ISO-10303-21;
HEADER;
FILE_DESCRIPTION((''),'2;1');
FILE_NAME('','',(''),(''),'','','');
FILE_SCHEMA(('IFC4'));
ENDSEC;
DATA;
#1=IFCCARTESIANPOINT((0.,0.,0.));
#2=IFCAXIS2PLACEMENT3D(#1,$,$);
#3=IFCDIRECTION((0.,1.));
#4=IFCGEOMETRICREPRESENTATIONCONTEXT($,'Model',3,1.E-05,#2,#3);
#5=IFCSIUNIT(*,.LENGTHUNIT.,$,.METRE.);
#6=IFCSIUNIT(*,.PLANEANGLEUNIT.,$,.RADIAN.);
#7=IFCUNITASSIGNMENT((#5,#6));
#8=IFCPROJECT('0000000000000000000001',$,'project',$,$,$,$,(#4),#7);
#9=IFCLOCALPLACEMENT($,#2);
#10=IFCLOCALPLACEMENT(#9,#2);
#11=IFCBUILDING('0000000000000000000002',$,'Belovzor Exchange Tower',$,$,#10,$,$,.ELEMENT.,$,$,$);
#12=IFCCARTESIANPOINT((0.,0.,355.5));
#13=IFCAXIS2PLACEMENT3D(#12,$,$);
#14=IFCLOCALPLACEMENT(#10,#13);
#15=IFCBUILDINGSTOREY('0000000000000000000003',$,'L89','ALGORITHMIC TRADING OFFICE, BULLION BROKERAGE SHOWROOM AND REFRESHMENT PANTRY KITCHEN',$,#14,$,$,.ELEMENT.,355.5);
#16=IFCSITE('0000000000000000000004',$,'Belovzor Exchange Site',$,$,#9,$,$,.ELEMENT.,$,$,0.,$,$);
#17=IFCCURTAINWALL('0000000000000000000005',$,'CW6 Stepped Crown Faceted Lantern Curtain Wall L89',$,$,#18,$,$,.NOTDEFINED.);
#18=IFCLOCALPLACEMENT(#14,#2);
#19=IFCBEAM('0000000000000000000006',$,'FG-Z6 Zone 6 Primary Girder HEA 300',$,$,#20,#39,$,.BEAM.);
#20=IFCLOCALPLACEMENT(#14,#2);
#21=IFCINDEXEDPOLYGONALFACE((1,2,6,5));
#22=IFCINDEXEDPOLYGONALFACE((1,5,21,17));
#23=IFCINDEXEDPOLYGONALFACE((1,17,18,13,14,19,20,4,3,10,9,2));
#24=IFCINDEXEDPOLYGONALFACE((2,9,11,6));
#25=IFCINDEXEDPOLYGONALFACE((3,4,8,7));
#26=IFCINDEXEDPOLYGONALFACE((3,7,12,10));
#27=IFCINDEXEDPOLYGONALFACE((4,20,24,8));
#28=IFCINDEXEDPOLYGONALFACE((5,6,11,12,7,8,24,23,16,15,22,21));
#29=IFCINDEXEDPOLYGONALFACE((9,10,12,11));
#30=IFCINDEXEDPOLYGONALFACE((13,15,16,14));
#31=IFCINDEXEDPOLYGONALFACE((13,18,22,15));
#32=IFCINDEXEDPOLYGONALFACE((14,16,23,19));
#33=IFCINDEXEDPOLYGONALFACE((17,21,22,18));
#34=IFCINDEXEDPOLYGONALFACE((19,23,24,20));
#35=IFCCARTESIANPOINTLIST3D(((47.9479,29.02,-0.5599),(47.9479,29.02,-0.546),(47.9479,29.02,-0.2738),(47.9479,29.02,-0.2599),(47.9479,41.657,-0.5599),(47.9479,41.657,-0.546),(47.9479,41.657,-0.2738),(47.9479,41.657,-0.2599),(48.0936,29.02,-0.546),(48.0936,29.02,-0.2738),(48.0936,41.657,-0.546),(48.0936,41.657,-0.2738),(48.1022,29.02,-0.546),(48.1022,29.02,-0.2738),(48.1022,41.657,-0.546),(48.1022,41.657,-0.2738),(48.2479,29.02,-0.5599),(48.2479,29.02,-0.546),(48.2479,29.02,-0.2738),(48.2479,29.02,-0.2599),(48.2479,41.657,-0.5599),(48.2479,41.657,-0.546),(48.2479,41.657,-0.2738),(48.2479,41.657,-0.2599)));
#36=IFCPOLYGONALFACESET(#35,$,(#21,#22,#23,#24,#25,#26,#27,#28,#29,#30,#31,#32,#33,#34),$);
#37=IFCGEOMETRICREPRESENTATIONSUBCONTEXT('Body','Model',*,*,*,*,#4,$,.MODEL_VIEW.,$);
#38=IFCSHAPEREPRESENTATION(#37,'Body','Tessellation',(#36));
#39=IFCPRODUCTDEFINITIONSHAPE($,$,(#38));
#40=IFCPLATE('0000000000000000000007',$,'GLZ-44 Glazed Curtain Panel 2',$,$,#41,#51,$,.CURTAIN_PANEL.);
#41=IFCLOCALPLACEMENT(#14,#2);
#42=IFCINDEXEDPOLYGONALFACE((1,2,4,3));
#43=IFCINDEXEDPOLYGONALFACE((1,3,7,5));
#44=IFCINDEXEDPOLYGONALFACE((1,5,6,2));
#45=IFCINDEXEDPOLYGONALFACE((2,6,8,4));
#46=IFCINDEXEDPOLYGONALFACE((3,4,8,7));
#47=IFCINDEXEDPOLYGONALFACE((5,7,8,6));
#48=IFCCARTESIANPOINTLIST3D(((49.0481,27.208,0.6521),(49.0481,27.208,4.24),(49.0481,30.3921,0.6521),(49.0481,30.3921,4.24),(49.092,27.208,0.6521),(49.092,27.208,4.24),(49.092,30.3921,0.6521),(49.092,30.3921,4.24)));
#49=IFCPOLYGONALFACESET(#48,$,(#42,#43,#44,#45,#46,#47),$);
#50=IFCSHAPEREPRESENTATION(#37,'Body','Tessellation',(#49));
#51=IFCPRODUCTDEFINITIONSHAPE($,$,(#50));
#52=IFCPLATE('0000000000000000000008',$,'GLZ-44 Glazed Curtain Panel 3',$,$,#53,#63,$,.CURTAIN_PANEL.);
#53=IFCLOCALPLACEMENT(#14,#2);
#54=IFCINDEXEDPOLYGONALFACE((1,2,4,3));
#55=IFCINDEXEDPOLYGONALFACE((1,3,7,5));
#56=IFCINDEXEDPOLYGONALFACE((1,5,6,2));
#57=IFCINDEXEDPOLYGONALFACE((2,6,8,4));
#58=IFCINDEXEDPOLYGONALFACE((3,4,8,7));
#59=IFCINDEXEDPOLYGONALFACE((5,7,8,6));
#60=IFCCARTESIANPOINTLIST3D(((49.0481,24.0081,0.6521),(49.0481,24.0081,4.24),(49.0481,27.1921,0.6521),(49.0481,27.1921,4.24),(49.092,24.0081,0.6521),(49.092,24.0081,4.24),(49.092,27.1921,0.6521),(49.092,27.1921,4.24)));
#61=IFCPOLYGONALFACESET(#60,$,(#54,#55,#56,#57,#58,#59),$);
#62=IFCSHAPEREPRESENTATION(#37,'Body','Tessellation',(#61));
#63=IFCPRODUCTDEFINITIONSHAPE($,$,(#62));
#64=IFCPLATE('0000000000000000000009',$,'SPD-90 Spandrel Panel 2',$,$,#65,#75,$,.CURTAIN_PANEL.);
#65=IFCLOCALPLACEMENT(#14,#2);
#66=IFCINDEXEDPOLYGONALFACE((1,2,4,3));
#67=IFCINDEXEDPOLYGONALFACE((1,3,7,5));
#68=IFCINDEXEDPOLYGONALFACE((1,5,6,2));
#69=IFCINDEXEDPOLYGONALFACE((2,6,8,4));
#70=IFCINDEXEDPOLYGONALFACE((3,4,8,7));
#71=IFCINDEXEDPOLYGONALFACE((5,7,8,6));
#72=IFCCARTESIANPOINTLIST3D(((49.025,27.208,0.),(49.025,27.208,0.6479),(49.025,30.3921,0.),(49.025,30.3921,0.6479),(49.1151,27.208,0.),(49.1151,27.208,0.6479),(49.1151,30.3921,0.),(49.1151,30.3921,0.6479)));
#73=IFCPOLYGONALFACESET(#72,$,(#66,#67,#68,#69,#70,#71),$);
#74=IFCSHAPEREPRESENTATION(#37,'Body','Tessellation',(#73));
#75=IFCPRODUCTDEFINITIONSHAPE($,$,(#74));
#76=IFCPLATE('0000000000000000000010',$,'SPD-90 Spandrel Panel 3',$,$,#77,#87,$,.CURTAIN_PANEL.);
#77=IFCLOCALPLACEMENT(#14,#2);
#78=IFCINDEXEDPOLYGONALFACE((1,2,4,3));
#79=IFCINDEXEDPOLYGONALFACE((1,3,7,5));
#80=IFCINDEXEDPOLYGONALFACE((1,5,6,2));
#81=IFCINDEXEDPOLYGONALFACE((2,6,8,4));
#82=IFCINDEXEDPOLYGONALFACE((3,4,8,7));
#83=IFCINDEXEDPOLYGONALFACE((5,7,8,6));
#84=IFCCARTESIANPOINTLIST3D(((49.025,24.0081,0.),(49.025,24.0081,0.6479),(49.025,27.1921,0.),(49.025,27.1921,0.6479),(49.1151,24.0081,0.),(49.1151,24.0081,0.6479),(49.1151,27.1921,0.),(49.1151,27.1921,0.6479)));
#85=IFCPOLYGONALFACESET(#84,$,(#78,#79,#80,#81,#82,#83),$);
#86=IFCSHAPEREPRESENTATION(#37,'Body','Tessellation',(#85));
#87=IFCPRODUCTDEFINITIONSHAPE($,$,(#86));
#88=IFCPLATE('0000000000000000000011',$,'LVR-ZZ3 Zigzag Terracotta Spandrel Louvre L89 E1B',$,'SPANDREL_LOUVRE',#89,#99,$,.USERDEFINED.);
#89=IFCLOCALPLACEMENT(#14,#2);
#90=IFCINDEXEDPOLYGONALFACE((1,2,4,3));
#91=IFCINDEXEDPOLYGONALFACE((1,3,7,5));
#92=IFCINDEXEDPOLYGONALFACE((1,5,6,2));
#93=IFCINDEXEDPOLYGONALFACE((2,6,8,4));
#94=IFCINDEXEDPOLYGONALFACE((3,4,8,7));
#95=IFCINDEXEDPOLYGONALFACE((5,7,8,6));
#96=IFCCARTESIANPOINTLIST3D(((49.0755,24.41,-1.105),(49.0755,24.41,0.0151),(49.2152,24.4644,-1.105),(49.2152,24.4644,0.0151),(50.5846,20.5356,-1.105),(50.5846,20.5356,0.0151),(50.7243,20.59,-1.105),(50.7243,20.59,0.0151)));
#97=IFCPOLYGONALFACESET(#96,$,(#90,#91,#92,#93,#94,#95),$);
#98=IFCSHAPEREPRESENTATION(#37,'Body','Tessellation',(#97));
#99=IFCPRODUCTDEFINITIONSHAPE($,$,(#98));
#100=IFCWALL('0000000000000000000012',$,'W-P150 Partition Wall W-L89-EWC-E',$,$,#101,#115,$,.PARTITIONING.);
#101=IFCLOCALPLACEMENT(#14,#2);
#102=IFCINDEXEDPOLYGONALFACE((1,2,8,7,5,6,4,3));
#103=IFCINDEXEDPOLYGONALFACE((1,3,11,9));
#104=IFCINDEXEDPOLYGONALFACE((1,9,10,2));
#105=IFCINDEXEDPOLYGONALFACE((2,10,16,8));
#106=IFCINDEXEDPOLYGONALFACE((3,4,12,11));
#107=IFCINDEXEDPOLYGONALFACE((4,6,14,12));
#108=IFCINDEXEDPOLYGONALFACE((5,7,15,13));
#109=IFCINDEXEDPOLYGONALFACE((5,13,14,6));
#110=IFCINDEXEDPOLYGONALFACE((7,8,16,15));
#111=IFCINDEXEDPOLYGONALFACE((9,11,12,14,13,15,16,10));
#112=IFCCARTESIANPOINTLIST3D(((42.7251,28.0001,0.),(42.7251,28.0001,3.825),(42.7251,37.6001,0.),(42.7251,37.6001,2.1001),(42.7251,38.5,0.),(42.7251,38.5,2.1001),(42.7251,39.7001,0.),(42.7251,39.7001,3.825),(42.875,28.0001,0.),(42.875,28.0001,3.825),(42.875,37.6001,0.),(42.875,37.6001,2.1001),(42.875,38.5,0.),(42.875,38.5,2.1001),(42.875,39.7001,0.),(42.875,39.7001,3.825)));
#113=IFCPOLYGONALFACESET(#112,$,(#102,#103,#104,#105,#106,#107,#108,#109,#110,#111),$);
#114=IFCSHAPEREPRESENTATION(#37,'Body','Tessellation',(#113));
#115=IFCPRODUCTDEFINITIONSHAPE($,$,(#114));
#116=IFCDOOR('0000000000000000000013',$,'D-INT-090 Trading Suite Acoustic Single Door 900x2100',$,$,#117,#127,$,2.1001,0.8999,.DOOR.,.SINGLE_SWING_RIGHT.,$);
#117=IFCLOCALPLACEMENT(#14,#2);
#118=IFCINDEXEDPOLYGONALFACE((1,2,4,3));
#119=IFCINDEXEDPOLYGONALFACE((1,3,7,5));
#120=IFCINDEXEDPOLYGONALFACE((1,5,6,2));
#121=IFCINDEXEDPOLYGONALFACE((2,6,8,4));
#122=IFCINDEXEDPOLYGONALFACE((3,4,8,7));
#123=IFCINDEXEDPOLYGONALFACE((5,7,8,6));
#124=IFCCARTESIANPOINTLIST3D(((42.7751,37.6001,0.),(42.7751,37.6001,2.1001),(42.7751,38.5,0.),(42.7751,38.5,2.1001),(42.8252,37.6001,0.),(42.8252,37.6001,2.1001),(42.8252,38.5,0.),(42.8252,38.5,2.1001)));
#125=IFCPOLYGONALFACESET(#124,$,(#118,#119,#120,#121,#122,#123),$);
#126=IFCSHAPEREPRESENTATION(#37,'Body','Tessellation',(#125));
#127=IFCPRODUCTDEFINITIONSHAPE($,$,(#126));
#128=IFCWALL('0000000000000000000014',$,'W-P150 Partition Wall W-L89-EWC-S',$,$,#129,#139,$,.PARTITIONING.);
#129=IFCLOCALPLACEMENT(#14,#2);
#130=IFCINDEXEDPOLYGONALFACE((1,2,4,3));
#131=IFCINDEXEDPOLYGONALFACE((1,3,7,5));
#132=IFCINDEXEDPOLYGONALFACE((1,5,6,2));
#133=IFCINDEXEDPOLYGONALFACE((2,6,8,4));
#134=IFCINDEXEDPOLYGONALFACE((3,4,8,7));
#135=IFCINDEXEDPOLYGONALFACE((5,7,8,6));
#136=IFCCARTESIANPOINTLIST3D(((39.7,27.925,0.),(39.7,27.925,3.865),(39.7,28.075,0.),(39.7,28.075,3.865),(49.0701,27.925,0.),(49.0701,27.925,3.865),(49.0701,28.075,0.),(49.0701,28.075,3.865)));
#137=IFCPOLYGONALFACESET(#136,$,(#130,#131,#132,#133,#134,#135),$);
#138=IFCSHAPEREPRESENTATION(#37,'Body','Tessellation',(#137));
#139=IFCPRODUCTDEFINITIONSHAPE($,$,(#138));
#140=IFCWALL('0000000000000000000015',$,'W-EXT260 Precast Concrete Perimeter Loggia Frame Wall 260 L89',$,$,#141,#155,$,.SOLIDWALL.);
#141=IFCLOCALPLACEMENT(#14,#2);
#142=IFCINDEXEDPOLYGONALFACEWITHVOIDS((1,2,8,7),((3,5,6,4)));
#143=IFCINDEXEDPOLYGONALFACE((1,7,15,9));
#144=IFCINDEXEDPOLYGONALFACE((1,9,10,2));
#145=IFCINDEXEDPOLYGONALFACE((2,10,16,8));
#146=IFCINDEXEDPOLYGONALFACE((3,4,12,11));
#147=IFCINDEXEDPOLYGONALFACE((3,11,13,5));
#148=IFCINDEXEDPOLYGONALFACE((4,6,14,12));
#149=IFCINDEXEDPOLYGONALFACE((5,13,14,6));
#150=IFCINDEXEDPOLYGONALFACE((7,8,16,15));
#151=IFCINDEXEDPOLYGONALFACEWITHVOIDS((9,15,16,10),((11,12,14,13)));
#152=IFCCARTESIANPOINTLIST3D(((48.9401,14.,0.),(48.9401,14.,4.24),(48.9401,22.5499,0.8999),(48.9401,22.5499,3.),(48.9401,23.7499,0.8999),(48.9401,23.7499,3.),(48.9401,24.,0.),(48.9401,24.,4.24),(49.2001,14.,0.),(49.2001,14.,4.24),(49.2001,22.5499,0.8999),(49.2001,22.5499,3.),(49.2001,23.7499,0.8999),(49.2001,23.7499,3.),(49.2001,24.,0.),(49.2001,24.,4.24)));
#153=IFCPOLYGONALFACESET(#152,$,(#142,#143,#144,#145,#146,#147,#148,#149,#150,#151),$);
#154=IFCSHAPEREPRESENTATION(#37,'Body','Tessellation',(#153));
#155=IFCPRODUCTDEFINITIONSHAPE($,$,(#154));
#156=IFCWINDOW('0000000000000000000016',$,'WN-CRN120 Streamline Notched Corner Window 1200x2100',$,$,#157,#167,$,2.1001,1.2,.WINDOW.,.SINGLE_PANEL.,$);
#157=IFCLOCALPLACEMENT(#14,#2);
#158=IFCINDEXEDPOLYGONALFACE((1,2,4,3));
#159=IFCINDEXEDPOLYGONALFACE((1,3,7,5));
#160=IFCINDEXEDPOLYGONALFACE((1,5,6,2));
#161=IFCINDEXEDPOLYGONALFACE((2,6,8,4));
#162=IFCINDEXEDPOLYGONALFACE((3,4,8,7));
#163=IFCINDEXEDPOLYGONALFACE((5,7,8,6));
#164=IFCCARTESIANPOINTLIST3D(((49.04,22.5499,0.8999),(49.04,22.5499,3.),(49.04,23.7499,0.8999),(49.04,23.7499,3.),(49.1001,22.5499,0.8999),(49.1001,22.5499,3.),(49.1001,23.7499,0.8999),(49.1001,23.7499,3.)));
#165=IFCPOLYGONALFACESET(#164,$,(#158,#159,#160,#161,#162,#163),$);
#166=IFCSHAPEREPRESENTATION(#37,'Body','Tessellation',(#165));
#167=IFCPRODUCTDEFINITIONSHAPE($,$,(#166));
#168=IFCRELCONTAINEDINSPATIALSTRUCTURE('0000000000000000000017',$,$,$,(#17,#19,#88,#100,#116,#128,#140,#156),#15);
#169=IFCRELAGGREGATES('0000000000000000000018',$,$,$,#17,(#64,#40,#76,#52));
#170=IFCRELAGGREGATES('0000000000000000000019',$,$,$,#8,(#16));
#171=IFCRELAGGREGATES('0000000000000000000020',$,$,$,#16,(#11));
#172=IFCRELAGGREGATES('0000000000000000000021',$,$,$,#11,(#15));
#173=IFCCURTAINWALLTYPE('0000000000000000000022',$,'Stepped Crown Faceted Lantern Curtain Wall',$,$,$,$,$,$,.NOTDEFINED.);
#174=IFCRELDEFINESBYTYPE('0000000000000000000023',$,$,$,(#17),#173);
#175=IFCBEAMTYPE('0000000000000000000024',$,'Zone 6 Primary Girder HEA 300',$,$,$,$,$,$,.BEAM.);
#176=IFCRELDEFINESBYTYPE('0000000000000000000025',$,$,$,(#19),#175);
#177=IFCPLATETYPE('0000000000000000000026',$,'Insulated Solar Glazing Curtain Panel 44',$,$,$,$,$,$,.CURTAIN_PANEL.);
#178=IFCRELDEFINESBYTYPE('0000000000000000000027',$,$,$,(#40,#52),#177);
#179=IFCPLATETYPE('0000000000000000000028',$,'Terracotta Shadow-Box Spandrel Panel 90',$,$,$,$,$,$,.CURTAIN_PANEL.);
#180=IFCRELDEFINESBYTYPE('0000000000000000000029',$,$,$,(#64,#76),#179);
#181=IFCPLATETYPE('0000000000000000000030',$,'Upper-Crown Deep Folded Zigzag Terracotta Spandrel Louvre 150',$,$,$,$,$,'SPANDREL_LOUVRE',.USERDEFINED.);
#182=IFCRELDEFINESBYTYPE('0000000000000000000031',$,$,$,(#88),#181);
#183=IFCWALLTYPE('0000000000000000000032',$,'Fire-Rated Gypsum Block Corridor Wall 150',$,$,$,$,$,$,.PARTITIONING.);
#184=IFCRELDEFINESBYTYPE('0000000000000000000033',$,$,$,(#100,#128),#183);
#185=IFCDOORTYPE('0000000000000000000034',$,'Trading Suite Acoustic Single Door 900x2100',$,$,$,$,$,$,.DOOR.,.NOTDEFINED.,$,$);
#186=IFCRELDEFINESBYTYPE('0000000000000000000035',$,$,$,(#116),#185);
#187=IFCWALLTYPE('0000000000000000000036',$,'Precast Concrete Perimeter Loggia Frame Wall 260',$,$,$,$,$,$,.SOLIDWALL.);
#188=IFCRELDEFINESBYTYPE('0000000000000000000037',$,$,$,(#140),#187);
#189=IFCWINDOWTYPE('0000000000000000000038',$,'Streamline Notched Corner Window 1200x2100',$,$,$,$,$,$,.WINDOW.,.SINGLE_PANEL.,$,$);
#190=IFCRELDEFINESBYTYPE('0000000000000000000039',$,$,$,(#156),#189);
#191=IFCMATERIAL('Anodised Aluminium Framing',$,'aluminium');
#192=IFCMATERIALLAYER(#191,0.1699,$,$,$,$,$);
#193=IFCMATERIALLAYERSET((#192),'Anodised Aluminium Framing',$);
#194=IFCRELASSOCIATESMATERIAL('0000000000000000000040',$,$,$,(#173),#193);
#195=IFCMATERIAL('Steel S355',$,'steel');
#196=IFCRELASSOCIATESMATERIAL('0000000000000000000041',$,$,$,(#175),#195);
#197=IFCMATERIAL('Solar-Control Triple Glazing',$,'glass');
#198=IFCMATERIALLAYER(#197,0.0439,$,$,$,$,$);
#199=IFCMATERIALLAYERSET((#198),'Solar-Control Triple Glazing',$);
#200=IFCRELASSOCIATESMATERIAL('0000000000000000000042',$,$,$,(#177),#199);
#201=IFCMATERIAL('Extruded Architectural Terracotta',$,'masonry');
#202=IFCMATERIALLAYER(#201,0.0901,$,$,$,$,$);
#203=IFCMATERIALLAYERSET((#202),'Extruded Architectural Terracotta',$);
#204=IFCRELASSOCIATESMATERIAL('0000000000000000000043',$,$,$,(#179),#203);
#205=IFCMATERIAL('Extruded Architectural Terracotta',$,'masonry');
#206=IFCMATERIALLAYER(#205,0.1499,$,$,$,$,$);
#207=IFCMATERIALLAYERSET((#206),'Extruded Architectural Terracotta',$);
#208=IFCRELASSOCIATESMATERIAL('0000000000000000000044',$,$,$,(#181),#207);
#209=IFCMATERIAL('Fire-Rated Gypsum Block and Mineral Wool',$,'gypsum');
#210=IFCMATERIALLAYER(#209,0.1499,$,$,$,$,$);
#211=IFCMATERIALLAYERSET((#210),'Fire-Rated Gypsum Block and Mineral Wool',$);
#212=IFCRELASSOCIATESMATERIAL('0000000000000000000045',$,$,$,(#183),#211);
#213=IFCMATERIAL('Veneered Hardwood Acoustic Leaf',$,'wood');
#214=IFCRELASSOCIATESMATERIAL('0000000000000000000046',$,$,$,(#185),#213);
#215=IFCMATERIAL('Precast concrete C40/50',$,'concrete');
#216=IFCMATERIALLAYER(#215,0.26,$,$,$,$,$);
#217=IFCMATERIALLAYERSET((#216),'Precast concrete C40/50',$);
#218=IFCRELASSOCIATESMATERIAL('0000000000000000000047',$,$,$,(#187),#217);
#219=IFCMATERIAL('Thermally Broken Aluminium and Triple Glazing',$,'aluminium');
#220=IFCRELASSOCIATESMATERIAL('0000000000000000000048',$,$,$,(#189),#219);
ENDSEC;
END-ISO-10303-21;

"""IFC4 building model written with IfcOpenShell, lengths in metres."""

from ifc_helpers import new_model, si_unit, direction, frame, frame_2d, origin, origin_2d, place, context, subcontext, project, spatial, rectangle, i_section, extrude, material, layer, layer_set, material_profile, profile_set, type_object, element, fill, aggregate, save


model = new_model("IFC4")

# Units and contexts
model_context = context("Model", 3, precision=1e-05, world=origin(), true_north=direction((0.0, 1.0)))
body_context = subcontext(model_context, "Body", "Model", "MODEL_VIEW")
ifc_project = project(units=[si_unit("LENGTHUNIT", "METRE"), si_unit("PLANEANGLEUNIT", "RADIAN")], contexts=[model_context])

# Site, building, storey
site_placement = place(None, origin())
site = spatial("IfcSite", under=ifc_project, at=site_placement, Name="Belovzor Exchange Site", CompositionType="ELEMENT", RefElevation=0.0)
building_placement = place(site_placement, origin())
building = spatial("IfcBuilding", under=site, at=building_placement, Name="Belovzor Exchange Tower", CompositionType="ELEMENT")
storey_placement = place(building_placement, frame((0.0, 0.0, 355.5)))
storey = spatial("IfcBuildingStorey", under=building, at=storey_placement, Name="L89", Description="ALGORITHMIC TRADING OFFICE, BULLION BROKERAGE SHOWROOM AND REFRESHMENT PANTRY KITCHEN", CompositionType="ELEMENT", Elevation=355.5)

# Curtain wall
ifc_material_1 = material(Name="Anodised Aluminium Framing", Category="aluminium")
ifc_layer_1 = layer(ifc_material_1, 0.1699)
ifc_layer_set_1 = layer_set([ifc_layer_1], Name="Anodised Aluminium Framing")
curtain_wall_type = type_object("IfcCurtainWallType", Name="Stepped Crown Faceted Lantern Curtain Wall", PredefinedType="NOTDEFINED", material=ifc_layer_set_1)
curtain_wall_placement = place(storey_placement, origin())
curtain_wall = element("IfcCurtainWall", 1, at=curtain_wall_placement, inside=storey, type_object=curtain_wall_type, Name="CW6 Stepped Crown Faceted Lantern Curtain Wall L89", PredefinedType="NOTDEFINED")

# Beam
ifc_material_2 = material(Name="Steel S355", Category="steel")
ifc_material_profile_1 = material_profile(ifc_material_2, i_section(OverallWidth=0.3, OverallDepth=0.3, WebThickness=0.0085, FlangeThickness=0.0139, at=origin_2d()))
ifc_profile_set_1 = profile_set([ifc_material_profile_1], Name="Steel S355")
beam_type_1 = type_object("IfcBeamType", Name="Zone 6 Primary Girder HEA 300", PredefinedType="BEAM", material=ifc_profile_set_1)
beam_1_placement = place(storey_placement, frame((48.0979, 29.02, -0.4099), z_axis=(0.0, 1.0, 0.0), x_axis=(-1.0, 0.0, 0.0)))
element("IfcBeam", 2, at=beam_1_placement, inside=storey, type_object=beam_type_1, Name="FG-Z6 Zone 6 Primary Girder HEA 300", PredefinedType="BEAM", context=body_context, shape_type="SweptSolid", body=[
    extrude(i_section(OverallWidth=0.3, OverallDepth=0.3, WebThickness=0.0085, FlangeThickness=0.0139, at=origin_2d()), origin(), (0.0, 0.0, 1.0), 12.637),
])

# Plates
ifc_material_3 = material(Name="Solar-Control Triple Glazing", Category="glass")
ifc_layer_2 = layer(ifc_material_3, 0.0439)
ifc_layer_set_2 = layer_set([ifc_layer_2], Name="Solar-Control Triple Glazing")
plate_type_1 = type_object("IfcPlateType", Name="Insulated Solar Glazing Curtain Panel 44", PredefinedType="CURTAIN_PANEL", material=ifc_layer_set_2)
plate_1_placement = place(storey_placement, frame((49.0701, 28.8, 0.6521), z_axis=(0.0, 0.0, 1.0), x_axis=(0.0, -1.0, 0.0)))
plate_1 = element("IfcPlate", 3, at=plate_1_placement, type_object=plate_type_1, Name="GLZ-44 Glazed Curtain Panel 2", PredefinedType="CURTAIN_PANEL", context=body_context, shape_type="SweptSolid", body=[
    extrude(rectangle(XDim=3.1841, YDim=0.0439, at=origin_2d()), origin(), (0.0, 0.0, 1.0), 3.5879),
])
plate_2_placement = place(storey_placement, frame((49.0701, 25.6001, 0.6521), z_axis=(0.0, 0.0, 1.0), x_axis=(0.0, -1.0, 0.0)))
plate_2 = element("IfcPlate", 4, at=plate_2_placement, type_object=plate_type_1, Name="GLZ-44 Glazed Curtain Panel 3", PredefinedType="CURTAIN_PANEL", context=body_context, shape_type="SweptSolid", body=[
    extrude(rectangle(XDim=3.1841, YDim=0.0439, at=origin_2d()), origin(), (0.0, 0.0, 1.0), 3.5879),
])
ifc_material_4 = material(Name="Extruded Architectural Terracotta", Category="masonry")
ifc_layer_3 = layer(ifc_material_4, 0.0901)
ifc_layer_set_3 = layer_set([ifc_layer_3], Name="Extruded Architectural Terracotta")
plate_type_2 = type_object("IfcPlateType", Name="Terracotta Shadow-Box Spandrel Panel 90", PredefinedType="CURTAIN_PANEL", material=ifc_layer_set_3)
plate_3_placement = place(storey_placement, frame((49.0701, 28.8, 0.0), z_axis=(0.0, 0.0, 1.0), x_axis=(0.0, -1.0, 0.0)))
plate_3 = element("IfcPlate", 5, at=plate_3_placement, type_object=plate_type_2, Name="SPD-90 Spandrel Panel 2", PredefinedType="CURTAIN_PANEL", context=body_context, shape_type="SweptSolid", body=[
    extrude(rectangle(XDim=3.1841, YDim=0.0901, at=origin_2d()), origin(), (0.0, 0.0, 1.0), 0.6479),
])
plate_4_placement = place(storey_placement, frame((49.0701, 25.6001, 0.0), z_axis=(0.0, 0.0, 1.0), x_axis=(0.0, -1.0, 0.0)))
plate_4 = element("IfcPlate", 6, at=plate_4_placement, type_object=plate_type_2, Name="SPD-90 Spandrel Panel 3", PredefinedType="CURTAIN_PANEL", context=body_context, shape_type="SweptSolid", body=[
    extrude(rectangle(XDim=3.1841, YDim=0.0901, at=origin_2d()), origin(), (0.0, 0.0, 1.0), 0.6479),
])
aggregate(curtain_wall, [plate_3, plate_1, plate_4, plate_2])
ifc_material_5 = material(Name="Extruded Architectural Terracotta", Category="masonry")
ifc_layer_4 = layer(ifc_material_5, 0.1499)
ifc_layer_set_4 = layer_set([ifc_layer_4], Name="Extruded Architectural Terracotta")
plate_type_3 = type_object("IfcPlateType", Name="Upper-Crown Deep Folded Zigzag Terracotta Spandrel Louvre 150", ElementType="SPANDREL_LOUVRE", PredefinedType="USERDEFINED", material=ifc_layer_set_4)
plate_5_placement = place(storey_placement, frame((49.8999, 22.5, -1.105), z_axis=(0.0, 0.0, 1.0), x_axis=(-0.362926, 0.931818, 0.0)))
element("IfcPlate", 7, at=plate_5_placement, inside=storey, type_object=plate_type_3, Name="LVR-ZZ3 Zigzag Terracotta Spandrel Louvre L89 E1B", ObjectType="SPANDREL_LOUVRE", PredefinedType="USERDEFINED", context=body_context, shape_type="SweptSolid", body=[
    extrude(rectangle(XDim=4.158, YDim=0.1499, at=origin_2d()), origin(), (0.0, 0.0, 1.0), 1.1201),
])

# Wall, opening, door
ifc_material_6 = material(Name="Fire-Rated Gypsum Block and Mineral Wool", Category="gypsum")
ifc_layer_5 = layer(ifc_material_6, 0.1499)
ifc_layer_set_5 = layer_set([ifc_layer_5], Name="Fire-Rated Gypsum Block and Mineral Wool")
wall_type_1 = type_object("IfcWallType", Name="Fire-Rated Gypsum Block Corridor Wall 150", PredefinedType="PARTITIONING", material=ifc_layer_set_5)
wall_1_placement = place(storey_placement, frame((42.8, 28.0, 0.0), z_axis=(0.0, 0.0, 1.0), x_axis=(0.0, 1.0, 0.0)))
wall_1 = element("IfcWall", 8, at=wall_1_placement, inside=storey, type_object=wall_type_1, Name="W-P150 Partition Wall W-L89-EWC-E", PredefinedType="PARTITIONING", context=body_context, shape_type="SweptSolid", body=[
    extrude(rectangle(XDim=11.7, YDim=0.1499, at=frame_2d((5.8501, 0.0))), origin(), (0.0, 0.0, 1.0), 3.825),
])
opening_1_placement = place(wall_1_placement, frame((9.6001, 0.0, 0.0)))
opening_1 = element("IfcOpeningElement", 9, at=opening_1_placement, cuts=wall_1, PredefinedType="OPENING", context=body_context, shape_type="SweptSolid", body=[
    extrude(rectangle(XDim=0.8999, YDim=2.1001, at=frame_2d((0.45, 1.05))), frame((0.0, 0.085, 0.0), z_axis=(0.0, -1.0, 0.0), x_axis=(1.0, 0.0, 0.0)), (0.0, 0.0, 1.0), 0.1699),
])
ifc_material_7 = material(Name="Veneered Hardwood Acoustic Leaf", Category="wood")
door_type = type_object("IfcDoorType", Name="Trading Suite Acoustic Single Door 900x2100", OperationType="NOTDEFINED", PredefinedType="DOOR", material=ifc_material_7)
door_placement = place(opening_1_placement, origin())
door = element("IfcDoor", 10, at=door_placement, inside=storey, type_object=door_type, Name="D-INT-090 Trading Suite Acoustic Single Door 900x2100", OperationType="SINGLE_SWING_RIGHT", OverallHeight=2.1001, OverallWidth=0.8999, PredefinedType="DOOR", context=body_context, shape_type="SweptSolid", body=[
    extrude(rectangle(XDim=0.8999, YDim=2.1001, at=frame_2d((0.45, 1.05))), frame((0.0, 0.0249, 0.0), z_axis=(0.0, -1.0, 0.0), x_axis=(1.0, 0.0, 0.0)), (0.0, 0.0, 1.0), 0.05),
])
fill(opening_1, door)

# Wall
wall_2_placement = place(storey_placement, frame((39.7, 28.0, 0.0), z_axis=(0.0, 0.0, 1.0), x_axis=(1.0, 0.0, 0.0)))
element("IfcWall", 11, at=wall_2_placement, inside=storey, type_object=wall_type_1, Name="W-P150 Partition Wall W-L89-EWC-S", PredefinedType="PARTITIONING", context=body_context, shape_type="SweptSolid", body=[
    extrude(rectangle(XDim=9.3701, YDim=0.1499, at=frame_2d((4.6851, 0.0))), origin(), (0.0, 0.0, 1.0), 3.865),
])

# Wall, opening, window
ifc_material_8 = material(Name="Precast concrete C40/50", Category="concrete")
ifc_layer_6 = layer(ifc_material_8, 0.26)
ifc_layer_set_6 = layer_set([ifc_layer_6], Name="Precast concrete C40/50")
wall_type_2 = type_object("IfcWallType", Name="Precast Concrete Perimeter Loggia Frame Wall 260", PredefinedType="SOLIDWALL", material=ifc_layer_set_6)
wall_3_placement = place(storey_placement, frame((49.0701, 24.0, 0.0), z_axis=(0.0, 0.0, 1.0), x_axis=(0.0, -1.0, 0.0)))
wall_3 = element("IfcWall", 12, at=wall_3_placement, inside=storey, type_object=wall_type_2, Name="W-EXT260 Precast Concrete Perimeter Loggia Frame Wall 260 L89", PredefinedType="SOLIDWALL", context=body_context, shape_type="SweptSolid", body=[
    extrude(rectangle(XDim=10.0, YDim=0.26, at=frame_2d((5.0, 0.0))), origin(), (0.0, 0.0, 1.0), 4.24),
])
opening_2_placement = place(wall_3_placement, frame((0.25, 0.0, 0.8999)))
opening_2 = element("IfcOpeningElement", 13, at=opening_2_placement, cuts=wall_3, PredefinedType="OPENING", context=body_context, shape_type="SweptSolid", body=[
    extrude(rectangle(XDim=1.2, YDim=2.1001, at=frame_2d((0.6001, 1.05))), frame((0.0, 0.1399, 0.0), z_axis=(0.0, -1.0, 0.0), x_axis=(1.0, 0.0, 0.0)), (0.0, 0.0, 1.0), 0.28),
])
ifc_material_9 = material(Name="Thermally Broken Aluminium and Triple Glazing", Category="aluminium")
window_type = type_object("IfcWindowType", Name="Streamline Notched Corner Window 1200x2100", PartitioningType="SINGLE_PANEL", PredefinedType="WINDOW", material=ifc_material_9)
window_placement = place(opening_2_placement, origin())
window = element("IfcWindow", 14, at=window_placement, inside=storey, type_object=window_type, Name="WN-CRN120 Streamline Notched Corner Window 1200x2100", OverallHeight=2.1001, OverallWidth=1.2, PartitioningType="SINGLE_PANEL", PredefinedType="WINDOW", context=body_context, shape_type="SweptSolid", body=[
    extrude(rectangle(XDim=1.2, YDim=2.1001, at=frame_2d((0.6001, 1.05))), frame((0.0, 0.03, 0.0), z_axis=(0.0, -1.0, 0.0), x_axis=(1.0, 0.0, 0.0)), (0.0, 0.0, 1.0), 0.0601),
])
fill(opening_2, window)

save(model, "model.ifc")
